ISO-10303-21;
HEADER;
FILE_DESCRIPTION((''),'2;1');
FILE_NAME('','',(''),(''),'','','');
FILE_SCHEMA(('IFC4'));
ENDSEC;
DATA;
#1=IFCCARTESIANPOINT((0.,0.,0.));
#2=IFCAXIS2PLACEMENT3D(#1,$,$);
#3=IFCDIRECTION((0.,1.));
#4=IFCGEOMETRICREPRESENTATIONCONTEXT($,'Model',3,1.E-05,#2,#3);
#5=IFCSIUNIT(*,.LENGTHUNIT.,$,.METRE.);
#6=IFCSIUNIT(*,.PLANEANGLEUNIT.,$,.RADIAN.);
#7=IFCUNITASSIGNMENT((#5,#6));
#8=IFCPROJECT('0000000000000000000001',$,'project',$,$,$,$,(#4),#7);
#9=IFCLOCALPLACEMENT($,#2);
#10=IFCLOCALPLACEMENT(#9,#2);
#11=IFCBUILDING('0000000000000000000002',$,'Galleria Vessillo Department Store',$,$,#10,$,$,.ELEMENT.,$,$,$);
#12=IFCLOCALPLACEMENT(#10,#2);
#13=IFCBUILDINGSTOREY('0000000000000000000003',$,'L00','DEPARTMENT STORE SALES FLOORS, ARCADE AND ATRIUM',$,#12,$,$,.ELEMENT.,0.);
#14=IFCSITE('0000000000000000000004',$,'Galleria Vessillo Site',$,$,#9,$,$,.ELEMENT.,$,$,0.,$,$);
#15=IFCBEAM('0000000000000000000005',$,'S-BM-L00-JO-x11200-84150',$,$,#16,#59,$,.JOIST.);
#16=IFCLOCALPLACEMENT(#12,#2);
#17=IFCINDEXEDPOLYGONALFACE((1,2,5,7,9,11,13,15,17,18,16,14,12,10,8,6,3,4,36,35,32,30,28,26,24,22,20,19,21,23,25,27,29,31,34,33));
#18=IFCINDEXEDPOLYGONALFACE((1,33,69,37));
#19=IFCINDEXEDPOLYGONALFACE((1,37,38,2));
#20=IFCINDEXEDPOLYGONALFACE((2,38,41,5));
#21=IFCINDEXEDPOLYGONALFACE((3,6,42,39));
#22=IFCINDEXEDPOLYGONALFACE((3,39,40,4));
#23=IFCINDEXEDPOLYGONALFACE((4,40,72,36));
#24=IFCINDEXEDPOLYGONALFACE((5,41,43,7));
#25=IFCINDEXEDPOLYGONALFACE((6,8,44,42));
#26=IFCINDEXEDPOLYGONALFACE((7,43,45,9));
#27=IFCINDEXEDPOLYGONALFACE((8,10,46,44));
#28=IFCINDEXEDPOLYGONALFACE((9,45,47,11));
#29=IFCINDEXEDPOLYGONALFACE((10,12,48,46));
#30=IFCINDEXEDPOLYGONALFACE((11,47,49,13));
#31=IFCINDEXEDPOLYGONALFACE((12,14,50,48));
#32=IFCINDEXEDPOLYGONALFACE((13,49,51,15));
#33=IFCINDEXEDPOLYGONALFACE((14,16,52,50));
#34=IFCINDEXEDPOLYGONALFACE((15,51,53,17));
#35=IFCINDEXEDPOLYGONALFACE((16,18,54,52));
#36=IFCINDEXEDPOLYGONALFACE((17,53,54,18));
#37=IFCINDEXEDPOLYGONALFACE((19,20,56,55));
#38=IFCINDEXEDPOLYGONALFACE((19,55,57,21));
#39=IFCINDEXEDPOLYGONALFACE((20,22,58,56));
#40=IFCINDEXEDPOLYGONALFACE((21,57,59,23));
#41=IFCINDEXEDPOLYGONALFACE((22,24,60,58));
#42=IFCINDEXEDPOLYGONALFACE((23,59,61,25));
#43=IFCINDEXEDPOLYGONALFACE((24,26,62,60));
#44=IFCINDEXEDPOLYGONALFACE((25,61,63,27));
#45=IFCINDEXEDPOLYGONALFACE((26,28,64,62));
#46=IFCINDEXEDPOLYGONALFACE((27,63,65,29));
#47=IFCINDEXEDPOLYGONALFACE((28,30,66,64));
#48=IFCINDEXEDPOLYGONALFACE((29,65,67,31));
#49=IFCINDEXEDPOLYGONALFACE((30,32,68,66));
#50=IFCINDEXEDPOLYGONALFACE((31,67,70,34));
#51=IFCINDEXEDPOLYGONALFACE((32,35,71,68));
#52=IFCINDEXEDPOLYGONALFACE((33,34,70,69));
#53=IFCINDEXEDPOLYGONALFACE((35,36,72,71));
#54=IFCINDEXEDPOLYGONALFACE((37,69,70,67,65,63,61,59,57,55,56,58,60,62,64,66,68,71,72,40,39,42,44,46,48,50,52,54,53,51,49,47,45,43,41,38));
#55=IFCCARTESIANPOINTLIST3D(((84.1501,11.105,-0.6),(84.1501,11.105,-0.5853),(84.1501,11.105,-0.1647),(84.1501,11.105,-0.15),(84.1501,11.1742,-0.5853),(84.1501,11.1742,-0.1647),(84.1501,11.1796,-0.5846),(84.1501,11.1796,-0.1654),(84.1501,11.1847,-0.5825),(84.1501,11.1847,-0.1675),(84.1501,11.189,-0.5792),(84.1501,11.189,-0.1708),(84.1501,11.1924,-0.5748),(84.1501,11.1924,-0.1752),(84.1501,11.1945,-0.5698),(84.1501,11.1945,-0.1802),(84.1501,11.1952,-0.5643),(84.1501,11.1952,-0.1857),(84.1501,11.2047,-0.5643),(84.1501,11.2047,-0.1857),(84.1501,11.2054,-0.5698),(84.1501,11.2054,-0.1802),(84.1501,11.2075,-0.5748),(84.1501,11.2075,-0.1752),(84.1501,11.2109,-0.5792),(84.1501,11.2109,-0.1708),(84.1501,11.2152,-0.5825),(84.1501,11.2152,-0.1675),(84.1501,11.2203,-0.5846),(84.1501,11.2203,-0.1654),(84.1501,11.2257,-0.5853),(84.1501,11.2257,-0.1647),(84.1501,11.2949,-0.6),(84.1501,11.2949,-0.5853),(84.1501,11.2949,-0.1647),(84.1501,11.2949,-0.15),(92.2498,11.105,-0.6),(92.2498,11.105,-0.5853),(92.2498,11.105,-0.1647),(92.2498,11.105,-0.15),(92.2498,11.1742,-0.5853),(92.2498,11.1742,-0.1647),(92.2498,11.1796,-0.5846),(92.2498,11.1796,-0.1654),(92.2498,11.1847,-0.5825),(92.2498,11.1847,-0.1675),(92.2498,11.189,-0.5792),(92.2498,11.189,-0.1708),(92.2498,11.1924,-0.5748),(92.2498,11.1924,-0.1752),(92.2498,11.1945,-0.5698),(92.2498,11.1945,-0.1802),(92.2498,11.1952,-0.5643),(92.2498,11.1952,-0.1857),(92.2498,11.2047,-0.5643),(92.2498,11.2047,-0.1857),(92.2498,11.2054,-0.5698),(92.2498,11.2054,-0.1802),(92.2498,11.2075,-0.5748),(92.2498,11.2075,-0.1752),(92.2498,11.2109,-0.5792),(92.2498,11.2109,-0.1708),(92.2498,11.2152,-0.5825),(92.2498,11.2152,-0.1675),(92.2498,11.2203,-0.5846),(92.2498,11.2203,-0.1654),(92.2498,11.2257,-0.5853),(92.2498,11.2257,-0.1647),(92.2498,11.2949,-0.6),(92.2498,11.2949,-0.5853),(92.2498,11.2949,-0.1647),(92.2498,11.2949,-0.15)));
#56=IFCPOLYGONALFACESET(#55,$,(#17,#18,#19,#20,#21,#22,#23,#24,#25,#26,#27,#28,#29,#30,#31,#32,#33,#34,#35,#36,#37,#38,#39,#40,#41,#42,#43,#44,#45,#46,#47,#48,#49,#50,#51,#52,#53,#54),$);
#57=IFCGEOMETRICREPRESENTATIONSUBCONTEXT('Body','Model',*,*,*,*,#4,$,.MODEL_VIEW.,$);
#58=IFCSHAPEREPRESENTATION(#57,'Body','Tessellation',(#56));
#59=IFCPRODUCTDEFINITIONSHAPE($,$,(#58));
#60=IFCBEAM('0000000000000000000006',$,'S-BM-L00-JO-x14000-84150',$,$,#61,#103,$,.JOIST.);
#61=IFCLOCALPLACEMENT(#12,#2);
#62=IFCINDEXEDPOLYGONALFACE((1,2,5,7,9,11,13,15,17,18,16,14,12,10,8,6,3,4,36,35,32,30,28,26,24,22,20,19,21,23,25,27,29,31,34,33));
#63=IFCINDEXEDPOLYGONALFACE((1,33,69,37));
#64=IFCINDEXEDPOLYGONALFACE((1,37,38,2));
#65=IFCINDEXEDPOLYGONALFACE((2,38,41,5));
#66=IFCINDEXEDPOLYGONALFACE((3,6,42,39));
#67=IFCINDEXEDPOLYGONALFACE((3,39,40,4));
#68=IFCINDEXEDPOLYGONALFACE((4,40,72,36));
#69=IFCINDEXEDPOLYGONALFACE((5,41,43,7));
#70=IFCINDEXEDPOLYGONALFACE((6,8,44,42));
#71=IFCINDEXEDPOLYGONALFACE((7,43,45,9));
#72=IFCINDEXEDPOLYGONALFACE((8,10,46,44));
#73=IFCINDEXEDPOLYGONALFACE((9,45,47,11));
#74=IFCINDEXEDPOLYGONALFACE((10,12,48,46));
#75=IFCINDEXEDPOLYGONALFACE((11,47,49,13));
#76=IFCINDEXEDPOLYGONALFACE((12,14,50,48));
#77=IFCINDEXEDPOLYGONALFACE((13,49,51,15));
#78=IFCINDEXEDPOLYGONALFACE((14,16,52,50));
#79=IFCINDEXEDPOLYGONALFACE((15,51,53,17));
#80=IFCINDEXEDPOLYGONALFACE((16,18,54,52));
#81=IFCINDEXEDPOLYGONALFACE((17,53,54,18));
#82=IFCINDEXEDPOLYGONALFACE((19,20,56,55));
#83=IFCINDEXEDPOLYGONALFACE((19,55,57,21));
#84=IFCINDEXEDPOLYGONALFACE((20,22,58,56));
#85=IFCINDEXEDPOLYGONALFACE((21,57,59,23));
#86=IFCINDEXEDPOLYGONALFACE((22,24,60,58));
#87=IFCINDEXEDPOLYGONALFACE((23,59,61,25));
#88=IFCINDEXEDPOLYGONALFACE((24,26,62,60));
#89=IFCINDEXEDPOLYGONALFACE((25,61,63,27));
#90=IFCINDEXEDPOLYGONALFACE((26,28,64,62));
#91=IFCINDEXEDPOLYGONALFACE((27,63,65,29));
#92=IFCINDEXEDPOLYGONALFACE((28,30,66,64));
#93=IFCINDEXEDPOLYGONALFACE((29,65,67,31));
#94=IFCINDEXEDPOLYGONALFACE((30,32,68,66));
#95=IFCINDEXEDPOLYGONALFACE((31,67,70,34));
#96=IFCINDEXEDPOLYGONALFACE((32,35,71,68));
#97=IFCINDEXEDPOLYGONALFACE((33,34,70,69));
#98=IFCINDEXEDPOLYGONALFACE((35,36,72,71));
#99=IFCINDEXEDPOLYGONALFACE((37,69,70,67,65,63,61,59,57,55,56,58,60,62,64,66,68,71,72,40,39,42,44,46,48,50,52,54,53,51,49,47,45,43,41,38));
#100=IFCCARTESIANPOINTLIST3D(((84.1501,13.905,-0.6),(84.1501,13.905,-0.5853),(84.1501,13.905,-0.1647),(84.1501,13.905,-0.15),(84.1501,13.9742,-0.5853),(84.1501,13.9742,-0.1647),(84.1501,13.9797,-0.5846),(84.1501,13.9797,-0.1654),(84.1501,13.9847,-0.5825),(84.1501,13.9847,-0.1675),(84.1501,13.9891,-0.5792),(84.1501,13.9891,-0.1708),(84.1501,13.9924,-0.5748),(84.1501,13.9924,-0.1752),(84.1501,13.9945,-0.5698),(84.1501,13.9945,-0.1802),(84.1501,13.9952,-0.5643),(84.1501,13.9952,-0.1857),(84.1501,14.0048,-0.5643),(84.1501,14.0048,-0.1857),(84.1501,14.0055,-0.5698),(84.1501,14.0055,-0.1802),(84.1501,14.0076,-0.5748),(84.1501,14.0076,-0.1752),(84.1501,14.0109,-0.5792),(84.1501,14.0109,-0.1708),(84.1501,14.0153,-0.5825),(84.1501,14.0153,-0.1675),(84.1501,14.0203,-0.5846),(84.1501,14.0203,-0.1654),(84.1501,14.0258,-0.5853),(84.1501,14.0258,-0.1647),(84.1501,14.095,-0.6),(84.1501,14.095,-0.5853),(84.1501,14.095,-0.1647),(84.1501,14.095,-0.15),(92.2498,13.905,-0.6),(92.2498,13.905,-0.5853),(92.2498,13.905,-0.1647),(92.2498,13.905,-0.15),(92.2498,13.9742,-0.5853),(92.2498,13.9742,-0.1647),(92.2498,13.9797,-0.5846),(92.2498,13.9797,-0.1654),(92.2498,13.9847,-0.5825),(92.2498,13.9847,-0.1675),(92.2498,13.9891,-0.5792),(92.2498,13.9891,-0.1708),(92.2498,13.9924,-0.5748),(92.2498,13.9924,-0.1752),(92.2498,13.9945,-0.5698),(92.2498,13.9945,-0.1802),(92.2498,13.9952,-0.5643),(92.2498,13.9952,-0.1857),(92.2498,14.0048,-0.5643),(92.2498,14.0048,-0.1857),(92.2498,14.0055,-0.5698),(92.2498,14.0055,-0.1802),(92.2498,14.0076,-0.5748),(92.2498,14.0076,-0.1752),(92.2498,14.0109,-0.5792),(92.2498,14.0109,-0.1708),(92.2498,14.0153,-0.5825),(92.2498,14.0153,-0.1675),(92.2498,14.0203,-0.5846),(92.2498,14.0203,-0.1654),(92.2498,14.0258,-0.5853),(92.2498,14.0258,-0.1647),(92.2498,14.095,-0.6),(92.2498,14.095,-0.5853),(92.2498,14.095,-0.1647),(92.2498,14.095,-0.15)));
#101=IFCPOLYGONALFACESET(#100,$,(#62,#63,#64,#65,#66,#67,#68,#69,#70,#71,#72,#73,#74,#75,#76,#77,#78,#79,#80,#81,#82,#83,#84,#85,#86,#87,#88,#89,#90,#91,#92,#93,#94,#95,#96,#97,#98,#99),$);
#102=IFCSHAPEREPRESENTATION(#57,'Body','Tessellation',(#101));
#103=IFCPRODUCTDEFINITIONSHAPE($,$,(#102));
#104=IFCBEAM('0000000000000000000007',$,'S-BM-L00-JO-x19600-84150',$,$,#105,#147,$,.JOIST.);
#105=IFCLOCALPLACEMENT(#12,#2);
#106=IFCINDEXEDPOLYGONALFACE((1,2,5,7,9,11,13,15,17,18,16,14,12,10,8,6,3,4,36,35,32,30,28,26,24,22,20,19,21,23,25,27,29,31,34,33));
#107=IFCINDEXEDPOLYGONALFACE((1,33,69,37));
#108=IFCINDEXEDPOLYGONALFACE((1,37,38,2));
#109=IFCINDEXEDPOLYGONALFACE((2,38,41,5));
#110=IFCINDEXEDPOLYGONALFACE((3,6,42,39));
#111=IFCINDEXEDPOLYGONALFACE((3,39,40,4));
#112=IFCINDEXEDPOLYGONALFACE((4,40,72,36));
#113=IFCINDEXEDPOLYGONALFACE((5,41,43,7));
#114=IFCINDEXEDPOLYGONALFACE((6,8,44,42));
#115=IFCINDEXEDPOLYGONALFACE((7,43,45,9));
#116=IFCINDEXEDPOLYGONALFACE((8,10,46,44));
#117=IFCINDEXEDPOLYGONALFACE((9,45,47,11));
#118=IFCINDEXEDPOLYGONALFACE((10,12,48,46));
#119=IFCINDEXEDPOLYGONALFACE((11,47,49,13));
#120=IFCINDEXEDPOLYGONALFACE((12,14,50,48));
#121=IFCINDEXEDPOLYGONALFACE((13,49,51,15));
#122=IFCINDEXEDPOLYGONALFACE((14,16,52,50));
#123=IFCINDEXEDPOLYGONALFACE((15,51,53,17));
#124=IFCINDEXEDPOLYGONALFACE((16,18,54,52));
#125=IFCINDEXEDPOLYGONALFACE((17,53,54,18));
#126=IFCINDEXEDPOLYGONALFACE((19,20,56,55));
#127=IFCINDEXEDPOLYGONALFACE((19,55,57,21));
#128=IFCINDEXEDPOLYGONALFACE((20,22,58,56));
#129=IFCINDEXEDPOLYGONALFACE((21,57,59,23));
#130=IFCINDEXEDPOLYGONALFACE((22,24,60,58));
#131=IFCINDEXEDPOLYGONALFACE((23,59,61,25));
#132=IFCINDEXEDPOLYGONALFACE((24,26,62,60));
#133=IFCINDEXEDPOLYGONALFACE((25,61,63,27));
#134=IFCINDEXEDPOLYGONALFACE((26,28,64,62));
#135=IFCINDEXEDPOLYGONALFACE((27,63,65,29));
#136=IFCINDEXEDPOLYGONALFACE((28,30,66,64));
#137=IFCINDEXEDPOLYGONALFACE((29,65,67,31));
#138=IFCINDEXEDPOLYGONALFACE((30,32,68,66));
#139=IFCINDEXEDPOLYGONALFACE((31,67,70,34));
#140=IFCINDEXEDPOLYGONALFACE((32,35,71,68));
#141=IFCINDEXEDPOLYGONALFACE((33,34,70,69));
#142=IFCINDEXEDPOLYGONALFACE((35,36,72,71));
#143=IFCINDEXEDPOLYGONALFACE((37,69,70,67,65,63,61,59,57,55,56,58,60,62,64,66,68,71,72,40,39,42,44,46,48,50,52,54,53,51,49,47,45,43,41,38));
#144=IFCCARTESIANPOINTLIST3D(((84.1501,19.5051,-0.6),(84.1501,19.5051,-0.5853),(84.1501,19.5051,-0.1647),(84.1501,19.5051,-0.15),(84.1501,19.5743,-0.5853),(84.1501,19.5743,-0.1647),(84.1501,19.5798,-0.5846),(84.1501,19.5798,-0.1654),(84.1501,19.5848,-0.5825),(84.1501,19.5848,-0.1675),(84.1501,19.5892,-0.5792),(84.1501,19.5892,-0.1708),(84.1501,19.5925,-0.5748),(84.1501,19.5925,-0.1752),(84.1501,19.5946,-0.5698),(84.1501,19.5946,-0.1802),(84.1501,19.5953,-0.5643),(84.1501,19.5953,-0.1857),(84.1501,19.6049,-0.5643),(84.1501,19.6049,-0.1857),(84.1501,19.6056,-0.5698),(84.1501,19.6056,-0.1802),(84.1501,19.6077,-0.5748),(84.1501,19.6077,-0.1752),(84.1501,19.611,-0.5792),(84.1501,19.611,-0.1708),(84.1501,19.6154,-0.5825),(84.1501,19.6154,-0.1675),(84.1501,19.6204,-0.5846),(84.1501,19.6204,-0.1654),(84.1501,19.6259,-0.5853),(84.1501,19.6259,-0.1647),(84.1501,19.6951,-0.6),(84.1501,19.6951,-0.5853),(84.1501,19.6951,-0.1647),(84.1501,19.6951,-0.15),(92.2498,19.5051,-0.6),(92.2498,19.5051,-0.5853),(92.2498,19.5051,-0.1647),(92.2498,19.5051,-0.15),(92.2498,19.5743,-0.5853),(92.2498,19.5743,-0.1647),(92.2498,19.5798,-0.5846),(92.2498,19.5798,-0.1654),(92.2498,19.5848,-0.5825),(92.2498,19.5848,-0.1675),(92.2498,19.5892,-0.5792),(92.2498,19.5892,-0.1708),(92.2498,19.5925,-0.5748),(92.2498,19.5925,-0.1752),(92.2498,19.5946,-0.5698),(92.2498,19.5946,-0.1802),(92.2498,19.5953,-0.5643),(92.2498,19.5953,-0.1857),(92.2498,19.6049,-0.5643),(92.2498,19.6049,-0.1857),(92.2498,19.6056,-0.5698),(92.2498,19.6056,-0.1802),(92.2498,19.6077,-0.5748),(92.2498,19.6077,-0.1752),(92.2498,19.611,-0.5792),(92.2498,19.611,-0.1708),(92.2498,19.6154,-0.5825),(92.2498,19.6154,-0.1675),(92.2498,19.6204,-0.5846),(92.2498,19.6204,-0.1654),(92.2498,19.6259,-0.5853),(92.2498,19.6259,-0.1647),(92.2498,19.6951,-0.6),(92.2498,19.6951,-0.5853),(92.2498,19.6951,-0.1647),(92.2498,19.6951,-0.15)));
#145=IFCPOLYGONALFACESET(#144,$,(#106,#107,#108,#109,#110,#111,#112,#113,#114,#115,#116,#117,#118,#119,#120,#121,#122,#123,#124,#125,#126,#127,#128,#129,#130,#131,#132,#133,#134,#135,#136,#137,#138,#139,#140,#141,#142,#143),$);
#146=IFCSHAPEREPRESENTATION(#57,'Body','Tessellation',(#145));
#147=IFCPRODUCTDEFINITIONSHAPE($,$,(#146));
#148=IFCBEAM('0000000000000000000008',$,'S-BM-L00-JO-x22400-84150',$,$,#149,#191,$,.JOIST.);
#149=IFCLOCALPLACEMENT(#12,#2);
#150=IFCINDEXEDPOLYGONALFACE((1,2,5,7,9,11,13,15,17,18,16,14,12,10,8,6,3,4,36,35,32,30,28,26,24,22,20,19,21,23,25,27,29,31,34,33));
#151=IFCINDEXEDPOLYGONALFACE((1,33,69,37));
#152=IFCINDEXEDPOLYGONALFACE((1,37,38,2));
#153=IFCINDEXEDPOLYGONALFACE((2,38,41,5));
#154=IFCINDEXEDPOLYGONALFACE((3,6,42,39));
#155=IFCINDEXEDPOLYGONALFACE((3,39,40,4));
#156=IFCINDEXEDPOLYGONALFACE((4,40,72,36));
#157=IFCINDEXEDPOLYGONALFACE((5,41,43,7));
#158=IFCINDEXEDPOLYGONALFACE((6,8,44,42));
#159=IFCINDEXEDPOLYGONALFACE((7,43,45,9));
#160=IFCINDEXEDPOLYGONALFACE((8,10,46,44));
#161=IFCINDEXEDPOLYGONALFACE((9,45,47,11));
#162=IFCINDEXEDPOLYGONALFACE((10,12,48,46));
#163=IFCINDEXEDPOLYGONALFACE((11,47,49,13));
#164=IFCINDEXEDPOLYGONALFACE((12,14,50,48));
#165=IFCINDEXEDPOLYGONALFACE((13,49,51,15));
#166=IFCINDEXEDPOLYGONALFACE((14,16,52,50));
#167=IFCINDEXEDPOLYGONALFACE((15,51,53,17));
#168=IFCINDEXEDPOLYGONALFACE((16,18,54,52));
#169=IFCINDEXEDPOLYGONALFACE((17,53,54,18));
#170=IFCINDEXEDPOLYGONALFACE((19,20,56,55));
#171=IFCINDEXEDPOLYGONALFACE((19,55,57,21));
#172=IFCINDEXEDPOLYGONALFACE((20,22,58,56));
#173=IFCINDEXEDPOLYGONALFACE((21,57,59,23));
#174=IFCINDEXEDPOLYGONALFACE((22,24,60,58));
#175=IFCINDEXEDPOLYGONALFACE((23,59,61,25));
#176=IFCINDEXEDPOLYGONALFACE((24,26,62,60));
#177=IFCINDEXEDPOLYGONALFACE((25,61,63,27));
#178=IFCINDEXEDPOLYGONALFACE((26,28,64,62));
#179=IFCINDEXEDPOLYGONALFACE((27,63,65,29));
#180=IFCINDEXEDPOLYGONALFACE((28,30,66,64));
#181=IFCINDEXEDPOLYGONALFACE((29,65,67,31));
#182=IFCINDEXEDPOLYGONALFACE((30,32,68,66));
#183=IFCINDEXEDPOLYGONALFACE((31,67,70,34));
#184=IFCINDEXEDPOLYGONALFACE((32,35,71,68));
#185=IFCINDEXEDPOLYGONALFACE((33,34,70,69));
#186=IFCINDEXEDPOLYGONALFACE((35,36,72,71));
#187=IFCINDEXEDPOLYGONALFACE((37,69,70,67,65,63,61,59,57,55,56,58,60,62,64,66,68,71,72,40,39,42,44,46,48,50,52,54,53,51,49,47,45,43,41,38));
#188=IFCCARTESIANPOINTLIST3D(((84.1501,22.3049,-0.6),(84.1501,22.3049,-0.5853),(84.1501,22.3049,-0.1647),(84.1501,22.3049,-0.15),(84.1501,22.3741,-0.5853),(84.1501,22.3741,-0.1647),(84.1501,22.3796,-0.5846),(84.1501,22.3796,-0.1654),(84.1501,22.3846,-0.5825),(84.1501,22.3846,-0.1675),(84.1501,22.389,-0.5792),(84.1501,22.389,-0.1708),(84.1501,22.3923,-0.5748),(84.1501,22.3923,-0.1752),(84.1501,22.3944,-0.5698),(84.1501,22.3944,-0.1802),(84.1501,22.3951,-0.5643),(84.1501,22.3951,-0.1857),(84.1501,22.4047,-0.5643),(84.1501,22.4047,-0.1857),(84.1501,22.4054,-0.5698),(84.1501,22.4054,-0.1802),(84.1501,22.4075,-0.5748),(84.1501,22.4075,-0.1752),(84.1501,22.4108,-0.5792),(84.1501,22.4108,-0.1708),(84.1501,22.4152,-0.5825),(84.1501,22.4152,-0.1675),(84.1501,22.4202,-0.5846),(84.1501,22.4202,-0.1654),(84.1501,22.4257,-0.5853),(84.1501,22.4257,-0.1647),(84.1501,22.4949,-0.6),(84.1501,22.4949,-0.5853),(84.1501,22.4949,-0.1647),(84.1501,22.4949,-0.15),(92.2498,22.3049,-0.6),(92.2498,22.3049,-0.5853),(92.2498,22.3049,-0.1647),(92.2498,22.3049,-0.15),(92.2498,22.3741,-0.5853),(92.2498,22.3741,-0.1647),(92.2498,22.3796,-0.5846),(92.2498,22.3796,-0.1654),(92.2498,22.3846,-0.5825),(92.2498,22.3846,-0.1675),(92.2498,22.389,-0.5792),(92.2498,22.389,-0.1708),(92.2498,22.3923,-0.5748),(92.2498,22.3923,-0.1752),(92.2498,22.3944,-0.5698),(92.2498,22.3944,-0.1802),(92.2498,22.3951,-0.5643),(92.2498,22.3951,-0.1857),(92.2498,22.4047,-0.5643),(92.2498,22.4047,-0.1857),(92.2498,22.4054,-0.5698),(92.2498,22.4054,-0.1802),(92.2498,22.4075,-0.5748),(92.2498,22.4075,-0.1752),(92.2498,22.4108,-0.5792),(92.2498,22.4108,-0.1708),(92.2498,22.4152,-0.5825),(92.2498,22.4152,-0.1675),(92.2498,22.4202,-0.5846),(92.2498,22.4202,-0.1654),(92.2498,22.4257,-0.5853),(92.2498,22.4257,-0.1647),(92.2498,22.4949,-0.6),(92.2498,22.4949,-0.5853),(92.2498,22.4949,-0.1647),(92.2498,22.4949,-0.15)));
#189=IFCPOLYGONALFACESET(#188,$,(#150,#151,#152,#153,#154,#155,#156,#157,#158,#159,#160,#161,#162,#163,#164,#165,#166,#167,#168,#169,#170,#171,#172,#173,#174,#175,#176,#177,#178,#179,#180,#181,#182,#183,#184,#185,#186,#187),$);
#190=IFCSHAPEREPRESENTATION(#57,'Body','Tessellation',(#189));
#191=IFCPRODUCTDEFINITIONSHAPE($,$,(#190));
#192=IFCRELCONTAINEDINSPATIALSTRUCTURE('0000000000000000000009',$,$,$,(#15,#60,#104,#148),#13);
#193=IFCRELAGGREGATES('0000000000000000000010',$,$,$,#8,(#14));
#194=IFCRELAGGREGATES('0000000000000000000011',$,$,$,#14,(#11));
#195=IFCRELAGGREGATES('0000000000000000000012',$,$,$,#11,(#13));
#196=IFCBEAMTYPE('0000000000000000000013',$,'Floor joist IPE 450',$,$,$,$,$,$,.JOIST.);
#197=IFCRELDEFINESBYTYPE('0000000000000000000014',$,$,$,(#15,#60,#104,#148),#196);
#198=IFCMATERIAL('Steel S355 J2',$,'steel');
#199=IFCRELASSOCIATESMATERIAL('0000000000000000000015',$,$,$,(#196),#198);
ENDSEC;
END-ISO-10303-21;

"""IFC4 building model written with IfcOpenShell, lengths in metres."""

from ifc_helpers import new_model, si_unit, direction, frame, origin, origin_2d, place, context, subcontext, project, spatial, i_section, extrude, material, material_profile, profile_set, type_object, element, save


model = new_model("IFC4")

# Units and contexts
model_context = context("Model", 3, precision=1e-05, world=origin(), true_north=direction((0.0, 1.0)))
body_context = subcontext(model_context, "Body", "Model", "MODEL_VIEW")
ifc_project = project(units=[si_unit("LENGTHUNIT", "METRE"), si_unit("PLANEANGLEUNIT", "RADIAN")], contexts=[model_context])

# Site, building, storey
site_placement = place(None, origin())
site = spatial("IfcSite", under=ifc_project, at=site_placement, Name="Galleria Vessillo Site", CompositionType="ELEMENT", RefElevation=0.0)
building_placement = place(site_placement, origin())
building = spatial("IfcBuilding", under=site, at=building_placement, Name="Galleria Vessillo Department Store", CompositionType="ELEMENT")
storey_placement = place(building_placement, origin())
storey = spatial("IfcBuildingStorey", under=building, at=storey_placement, Name="L00", Description="DEPARTMENT STORE SALES FLOORS, ARCADE AND ATRIUM", CompositionType="ELEMENT", Elevation=0.0)

# Beams
ifc_material_1 = material(Name="Steel S355 J2", Category="steel")
ifc_material_profile_1 = material_profile(ifc_material_1, i_section(OverallWidth=0.1899, OverallDepth=0.45, WebThickness=0.0095, FlangeThickness=0.0146, FilletRadius=0.021, at=origin_2d()), Name="IPE 450")
ifc_profile_set_1 = profile_set([ifc_material_profile_1], Name="Steel S355 J2")
beam_type_1 = type_object("IfcBeamType", Name="Floor joist IPE 450", PredefinedType="JOIST", material=ifc_profile_set_1)
for number, where, z_axis, x_axis, name in (
    (1, (84.1501, 11.2, -0.375), (1.0, 0.0, 0.0), (0.0, 1.0, 0.0), "S-BM-L00-JO-x11200-84150"),
    (2, (84.1501, 14.0, -0.375), (1.0, 0.0, 0.0), (0.0, 1.0, 0.0), "S-BM-L00-JO-x14000-84150"),
    (3, (84.1501, 19.6001, -0.375), (1.0, 0.0, 0.0), (0.0, 1.0, 0.0), "S-BM-L00-JO-x19600-84150"),
    (4, (84.1501, 22.3999, -0.375), (1.0, 0.0, 0.0), (0.0, 1.0, 0.0), "S-BM-L00-JO-x22400-84150"),
):
    element("IfcBeam", number, at=place(storey_placement, frame(where, z_axis=z_axis, x_axis=x_axis)), inside=storey, type_object=beam_type_1, Name=name, PredefinedType="JOIST", context=body_context, shape_type="SweptSolid", body=[
        extrude(i_section(OverallWidth=0.1899, OverallDepth=0.45, WebThickness=0.0095, FlangeThickness=0.0146, FilletRadius=0.021, at=origin_2d()), origin(), (0.0, 0.0, 1.0), 8.0996),
    ])

save(model, "model.ifc")
